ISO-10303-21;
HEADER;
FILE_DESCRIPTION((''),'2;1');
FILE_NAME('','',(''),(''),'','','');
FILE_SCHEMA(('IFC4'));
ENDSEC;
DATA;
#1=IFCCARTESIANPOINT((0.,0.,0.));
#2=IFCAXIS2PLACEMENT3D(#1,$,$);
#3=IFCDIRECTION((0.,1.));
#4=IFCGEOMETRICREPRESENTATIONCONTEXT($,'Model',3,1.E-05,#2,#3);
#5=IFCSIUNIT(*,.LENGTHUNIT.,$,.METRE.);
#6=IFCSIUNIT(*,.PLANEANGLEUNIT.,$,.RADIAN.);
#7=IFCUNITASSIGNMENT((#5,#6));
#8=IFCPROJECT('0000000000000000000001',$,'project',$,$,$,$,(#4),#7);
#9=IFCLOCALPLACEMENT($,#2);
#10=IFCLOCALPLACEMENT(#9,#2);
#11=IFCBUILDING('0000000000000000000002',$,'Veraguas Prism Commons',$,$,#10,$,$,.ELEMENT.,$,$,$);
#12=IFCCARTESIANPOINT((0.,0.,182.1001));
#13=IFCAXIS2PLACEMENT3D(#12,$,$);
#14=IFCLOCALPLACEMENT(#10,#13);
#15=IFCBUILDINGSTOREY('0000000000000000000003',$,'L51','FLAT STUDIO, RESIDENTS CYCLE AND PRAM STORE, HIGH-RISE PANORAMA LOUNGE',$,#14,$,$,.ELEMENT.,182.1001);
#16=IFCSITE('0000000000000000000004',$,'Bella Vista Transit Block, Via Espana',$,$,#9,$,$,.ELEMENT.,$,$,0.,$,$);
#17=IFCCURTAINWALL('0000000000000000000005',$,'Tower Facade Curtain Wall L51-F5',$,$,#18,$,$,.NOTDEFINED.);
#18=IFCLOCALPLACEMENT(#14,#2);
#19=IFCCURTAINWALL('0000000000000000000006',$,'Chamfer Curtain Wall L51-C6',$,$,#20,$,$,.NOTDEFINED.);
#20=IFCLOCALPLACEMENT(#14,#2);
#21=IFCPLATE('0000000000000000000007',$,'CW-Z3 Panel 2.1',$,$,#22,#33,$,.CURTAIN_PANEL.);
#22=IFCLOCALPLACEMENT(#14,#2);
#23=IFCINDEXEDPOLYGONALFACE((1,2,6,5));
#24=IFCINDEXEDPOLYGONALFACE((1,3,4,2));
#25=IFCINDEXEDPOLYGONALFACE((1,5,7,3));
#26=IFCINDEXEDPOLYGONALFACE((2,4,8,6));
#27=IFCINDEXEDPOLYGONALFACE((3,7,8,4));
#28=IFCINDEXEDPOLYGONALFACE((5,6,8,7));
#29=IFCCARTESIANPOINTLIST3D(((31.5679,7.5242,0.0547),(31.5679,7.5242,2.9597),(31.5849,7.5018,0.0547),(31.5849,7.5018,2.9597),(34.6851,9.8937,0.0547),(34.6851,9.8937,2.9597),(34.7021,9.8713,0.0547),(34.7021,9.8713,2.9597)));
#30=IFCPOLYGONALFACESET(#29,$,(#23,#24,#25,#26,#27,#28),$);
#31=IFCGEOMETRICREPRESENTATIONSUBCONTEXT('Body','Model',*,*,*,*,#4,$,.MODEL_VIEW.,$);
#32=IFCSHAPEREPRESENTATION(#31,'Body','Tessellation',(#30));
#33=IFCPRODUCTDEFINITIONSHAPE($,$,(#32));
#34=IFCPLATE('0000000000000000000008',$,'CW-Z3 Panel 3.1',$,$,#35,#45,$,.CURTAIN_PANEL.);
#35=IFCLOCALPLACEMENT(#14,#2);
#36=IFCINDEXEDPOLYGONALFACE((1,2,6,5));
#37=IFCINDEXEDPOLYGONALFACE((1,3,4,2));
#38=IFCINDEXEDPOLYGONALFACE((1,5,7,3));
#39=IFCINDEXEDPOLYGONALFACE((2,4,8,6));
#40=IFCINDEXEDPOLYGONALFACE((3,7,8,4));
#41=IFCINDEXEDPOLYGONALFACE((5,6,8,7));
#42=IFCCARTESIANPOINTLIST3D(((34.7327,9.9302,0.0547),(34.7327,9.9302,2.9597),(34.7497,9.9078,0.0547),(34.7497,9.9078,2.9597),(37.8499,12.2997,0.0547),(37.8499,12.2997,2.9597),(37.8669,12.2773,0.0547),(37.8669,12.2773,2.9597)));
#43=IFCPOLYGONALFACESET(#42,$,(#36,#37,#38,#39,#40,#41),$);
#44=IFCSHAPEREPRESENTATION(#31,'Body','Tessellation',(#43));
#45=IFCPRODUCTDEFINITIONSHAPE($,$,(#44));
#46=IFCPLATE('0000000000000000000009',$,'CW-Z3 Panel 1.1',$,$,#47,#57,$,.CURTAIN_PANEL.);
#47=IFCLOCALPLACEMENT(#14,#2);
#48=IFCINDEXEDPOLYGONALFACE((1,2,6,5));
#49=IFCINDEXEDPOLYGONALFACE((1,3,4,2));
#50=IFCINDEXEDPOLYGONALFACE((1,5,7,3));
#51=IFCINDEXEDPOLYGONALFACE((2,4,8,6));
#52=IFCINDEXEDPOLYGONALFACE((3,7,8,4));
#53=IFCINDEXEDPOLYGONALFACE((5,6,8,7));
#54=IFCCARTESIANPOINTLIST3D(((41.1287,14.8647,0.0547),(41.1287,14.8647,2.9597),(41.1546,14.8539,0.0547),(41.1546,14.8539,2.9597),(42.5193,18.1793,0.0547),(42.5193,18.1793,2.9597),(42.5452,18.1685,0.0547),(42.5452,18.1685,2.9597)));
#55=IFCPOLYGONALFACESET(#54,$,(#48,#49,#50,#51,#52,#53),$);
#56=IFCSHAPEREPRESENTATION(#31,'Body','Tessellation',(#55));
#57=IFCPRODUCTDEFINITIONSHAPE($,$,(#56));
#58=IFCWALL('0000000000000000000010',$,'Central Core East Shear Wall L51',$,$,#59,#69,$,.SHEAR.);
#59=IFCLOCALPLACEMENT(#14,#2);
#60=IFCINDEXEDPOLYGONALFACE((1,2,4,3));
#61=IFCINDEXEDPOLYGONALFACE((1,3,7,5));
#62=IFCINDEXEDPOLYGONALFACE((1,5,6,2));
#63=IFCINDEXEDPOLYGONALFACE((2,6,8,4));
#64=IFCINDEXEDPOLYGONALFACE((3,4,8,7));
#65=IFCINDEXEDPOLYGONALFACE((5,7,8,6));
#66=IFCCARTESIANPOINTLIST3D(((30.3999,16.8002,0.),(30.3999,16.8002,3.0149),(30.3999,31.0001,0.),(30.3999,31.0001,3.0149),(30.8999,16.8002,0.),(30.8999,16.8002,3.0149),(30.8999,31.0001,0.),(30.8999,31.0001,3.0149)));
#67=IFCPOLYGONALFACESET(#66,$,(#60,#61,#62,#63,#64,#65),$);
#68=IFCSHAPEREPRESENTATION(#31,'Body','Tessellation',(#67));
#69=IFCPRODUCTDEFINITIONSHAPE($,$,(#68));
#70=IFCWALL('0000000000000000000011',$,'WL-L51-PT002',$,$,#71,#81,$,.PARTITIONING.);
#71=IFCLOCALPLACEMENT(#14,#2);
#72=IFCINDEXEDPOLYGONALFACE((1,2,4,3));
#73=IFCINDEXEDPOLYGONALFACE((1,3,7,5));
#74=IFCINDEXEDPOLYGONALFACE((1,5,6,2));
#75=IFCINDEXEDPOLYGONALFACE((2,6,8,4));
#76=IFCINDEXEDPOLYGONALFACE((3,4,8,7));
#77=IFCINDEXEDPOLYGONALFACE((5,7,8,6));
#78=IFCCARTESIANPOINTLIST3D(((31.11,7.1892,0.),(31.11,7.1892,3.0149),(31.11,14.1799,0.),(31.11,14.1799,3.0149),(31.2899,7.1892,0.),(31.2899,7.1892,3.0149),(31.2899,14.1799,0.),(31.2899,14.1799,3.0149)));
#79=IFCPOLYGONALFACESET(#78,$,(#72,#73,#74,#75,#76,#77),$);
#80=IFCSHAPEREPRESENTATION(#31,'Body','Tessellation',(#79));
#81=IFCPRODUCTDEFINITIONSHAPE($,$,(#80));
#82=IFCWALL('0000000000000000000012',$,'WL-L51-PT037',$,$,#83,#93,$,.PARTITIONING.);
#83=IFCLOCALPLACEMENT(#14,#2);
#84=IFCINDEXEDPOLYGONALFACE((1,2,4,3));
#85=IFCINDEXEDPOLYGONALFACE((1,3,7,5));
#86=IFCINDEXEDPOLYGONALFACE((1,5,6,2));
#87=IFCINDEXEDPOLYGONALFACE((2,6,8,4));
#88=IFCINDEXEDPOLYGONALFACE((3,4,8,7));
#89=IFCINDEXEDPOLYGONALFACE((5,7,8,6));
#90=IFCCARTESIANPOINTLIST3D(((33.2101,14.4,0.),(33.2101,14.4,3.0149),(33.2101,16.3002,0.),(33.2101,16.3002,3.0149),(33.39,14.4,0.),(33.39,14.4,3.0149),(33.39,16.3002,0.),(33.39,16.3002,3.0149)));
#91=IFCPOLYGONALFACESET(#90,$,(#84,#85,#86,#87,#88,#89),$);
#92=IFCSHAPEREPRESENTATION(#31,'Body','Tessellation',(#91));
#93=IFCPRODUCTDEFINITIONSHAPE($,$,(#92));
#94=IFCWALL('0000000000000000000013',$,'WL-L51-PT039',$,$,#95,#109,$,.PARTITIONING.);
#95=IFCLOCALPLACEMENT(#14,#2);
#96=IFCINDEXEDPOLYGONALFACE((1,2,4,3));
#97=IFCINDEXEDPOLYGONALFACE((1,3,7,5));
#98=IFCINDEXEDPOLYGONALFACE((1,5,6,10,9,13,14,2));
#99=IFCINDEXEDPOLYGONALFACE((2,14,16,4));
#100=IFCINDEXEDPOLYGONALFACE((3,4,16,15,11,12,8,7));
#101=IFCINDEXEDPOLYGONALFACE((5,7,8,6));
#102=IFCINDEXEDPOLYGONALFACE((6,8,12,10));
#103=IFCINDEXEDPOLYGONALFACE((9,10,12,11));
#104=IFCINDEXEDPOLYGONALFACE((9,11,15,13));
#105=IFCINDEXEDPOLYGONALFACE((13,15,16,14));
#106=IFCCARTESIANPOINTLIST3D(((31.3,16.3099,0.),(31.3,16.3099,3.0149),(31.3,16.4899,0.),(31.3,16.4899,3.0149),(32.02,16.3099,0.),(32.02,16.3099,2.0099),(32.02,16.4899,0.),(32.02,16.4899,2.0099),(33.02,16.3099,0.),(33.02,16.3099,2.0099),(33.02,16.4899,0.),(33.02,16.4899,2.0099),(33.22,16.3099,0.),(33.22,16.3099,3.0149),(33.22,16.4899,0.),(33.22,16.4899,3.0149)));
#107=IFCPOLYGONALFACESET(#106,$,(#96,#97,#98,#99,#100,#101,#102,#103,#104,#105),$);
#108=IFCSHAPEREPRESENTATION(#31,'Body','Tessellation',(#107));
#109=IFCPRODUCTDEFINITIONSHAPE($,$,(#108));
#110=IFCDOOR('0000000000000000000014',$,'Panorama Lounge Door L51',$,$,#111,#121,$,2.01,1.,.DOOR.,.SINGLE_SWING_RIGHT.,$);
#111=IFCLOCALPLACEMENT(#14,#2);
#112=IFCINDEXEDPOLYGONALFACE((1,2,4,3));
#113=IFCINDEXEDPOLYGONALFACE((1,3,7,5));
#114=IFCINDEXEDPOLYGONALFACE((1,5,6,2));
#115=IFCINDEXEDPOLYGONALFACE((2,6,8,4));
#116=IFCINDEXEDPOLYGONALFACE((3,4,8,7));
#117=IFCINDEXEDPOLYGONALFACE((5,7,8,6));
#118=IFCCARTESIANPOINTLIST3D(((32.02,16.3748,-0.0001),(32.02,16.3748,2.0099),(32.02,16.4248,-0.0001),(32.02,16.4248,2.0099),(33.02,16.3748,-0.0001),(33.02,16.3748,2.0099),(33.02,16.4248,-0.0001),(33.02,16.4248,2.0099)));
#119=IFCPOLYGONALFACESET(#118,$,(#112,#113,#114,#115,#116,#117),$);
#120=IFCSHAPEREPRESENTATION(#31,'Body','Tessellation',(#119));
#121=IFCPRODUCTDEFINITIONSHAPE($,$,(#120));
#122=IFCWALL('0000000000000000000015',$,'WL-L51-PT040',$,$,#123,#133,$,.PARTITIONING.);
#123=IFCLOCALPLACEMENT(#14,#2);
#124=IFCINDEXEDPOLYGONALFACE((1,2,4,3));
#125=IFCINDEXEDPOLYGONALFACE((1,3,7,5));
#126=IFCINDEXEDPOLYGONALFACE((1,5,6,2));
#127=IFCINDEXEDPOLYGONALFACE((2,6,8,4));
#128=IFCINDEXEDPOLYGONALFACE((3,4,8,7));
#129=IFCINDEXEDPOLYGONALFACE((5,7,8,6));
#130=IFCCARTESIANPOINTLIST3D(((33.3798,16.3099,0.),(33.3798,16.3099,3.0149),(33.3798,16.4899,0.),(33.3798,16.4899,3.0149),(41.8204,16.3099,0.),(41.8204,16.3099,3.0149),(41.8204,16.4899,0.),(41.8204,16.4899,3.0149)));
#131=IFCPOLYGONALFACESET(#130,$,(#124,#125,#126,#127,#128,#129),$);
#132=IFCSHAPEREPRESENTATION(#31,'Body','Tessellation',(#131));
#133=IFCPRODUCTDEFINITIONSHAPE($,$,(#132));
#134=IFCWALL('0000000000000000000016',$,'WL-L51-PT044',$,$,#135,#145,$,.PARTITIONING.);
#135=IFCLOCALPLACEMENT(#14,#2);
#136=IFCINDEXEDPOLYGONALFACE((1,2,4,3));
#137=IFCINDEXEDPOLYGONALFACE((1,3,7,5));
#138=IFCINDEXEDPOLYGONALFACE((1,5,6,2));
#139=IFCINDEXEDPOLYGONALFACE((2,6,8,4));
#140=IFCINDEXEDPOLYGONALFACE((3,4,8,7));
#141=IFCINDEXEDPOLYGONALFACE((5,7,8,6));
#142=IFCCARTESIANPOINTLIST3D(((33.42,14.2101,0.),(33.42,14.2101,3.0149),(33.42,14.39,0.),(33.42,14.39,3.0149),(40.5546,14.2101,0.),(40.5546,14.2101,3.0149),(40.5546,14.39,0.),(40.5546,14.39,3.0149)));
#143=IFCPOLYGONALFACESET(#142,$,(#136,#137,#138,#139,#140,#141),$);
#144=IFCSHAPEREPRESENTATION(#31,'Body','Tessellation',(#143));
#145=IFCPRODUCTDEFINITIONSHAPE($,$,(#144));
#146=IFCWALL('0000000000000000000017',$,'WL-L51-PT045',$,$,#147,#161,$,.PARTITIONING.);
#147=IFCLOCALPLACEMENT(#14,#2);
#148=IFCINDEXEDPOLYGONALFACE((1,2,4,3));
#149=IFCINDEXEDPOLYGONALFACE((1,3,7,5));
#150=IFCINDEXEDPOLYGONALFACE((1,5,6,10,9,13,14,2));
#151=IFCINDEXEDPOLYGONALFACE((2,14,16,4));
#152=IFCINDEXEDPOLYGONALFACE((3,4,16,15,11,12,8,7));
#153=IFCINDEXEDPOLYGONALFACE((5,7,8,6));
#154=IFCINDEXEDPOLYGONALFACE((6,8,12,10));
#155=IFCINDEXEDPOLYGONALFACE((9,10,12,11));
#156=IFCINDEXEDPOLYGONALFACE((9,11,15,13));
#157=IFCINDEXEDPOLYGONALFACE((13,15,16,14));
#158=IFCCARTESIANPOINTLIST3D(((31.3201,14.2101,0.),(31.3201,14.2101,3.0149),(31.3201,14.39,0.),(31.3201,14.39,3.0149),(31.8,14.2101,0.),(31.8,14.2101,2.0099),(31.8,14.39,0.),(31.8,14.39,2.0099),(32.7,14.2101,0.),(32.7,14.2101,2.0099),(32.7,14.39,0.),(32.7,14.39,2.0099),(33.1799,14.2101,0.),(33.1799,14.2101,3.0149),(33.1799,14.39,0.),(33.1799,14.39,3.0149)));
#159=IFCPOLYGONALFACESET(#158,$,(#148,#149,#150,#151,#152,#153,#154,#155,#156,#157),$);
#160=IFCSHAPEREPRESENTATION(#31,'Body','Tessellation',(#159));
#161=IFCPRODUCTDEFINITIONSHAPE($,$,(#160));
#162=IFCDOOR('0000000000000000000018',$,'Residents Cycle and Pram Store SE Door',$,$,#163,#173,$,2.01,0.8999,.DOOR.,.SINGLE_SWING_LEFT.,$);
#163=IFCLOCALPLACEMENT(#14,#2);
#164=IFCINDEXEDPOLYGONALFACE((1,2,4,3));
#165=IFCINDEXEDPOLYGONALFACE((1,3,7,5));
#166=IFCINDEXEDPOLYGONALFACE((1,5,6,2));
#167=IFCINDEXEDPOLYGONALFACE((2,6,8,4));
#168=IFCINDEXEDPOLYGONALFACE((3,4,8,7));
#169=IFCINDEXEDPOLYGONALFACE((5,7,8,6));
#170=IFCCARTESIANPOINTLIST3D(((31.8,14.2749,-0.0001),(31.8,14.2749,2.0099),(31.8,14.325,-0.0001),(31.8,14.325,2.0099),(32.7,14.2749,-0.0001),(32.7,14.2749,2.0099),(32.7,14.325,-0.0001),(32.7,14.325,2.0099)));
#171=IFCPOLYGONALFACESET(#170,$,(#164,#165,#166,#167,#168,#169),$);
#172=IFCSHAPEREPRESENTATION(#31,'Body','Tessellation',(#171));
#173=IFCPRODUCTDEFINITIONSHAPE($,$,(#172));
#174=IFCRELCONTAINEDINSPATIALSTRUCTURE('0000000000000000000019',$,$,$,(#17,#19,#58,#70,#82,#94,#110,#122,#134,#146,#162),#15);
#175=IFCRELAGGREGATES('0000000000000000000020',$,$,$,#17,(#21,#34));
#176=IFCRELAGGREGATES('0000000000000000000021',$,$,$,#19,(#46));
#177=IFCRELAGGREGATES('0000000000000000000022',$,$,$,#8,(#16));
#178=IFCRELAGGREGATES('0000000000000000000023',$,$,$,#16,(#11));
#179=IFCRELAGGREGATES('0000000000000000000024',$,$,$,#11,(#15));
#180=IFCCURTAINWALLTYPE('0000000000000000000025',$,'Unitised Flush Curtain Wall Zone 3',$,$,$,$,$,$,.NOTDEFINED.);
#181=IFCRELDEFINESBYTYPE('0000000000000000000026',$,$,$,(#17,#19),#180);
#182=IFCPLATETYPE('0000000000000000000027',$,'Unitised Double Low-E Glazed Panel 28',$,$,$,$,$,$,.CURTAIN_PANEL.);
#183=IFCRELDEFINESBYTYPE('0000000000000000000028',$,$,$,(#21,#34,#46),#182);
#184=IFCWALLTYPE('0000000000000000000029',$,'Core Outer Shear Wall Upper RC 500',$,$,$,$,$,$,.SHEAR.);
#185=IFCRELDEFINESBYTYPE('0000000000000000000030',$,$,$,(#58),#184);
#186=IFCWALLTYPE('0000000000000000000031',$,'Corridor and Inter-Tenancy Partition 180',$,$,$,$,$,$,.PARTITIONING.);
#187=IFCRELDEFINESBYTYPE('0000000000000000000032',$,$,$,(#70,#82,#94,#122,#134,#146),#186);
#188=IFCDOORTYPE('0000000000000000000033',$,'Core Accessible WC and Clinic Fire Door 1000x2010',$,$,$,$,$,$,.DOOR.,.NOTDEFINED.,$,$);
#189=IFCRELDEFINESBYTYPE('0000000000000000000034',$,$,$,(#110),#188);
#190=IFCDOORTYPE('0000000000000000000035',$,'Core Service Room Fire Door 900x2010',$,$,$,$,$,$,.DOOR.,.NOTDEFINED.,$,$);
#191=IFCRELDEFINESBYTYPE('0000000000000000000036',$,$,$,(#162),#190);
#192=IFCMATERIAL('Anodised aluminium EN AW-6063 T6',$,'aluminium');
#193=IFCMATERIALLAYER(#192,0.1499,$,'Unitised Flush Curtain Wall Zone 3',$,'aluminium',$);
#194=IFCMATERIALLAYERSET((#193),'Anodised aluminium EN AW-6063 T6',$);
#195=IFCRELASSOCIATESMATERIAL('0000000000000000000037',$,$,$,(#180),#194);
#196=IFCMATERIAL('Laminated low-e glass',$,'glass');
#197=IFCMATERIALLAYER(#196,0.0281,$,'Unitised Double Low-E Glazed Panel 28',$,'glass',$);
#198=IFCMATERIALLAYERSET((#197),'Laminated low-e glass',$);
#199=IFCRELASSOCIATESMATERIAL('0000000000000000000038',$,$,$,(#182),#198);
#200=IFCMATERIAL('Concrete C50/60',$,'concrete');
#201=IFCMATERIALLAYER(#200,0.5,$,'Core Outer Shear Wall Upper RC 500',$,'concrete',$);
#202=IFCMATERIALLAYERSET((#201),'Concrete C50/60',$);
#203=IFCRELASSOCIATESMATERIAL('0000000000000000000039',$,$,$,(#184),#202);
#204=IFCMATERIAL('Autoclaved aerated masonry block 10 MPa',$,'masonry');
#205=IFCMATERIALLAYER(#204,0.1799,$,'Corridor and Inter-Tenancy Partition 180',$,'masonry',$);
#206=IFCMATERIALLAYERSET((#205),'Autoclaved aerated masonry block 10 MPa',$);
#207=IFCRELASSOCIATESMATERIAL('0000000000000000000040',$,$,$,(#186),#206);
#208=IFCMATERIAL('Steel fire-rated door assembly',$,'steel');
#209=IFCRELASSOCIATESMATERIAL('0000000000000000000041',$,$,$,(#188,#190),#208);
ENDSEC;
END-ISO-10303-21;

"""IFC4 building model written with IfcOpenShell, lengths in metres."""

from ifc_helpers import new_model, si_unit, direction, frame, frame_2d, origin, origin_2d, place, context, subcontext, project, spatial, rectangle, extrude, source, transform, mapped, material, layer, layer_set, type_object, element, fill, aggregate, save


model = new_model("IFC4")

# Units and contexts
model_context = context("Model", 3, precision=1e-05, world=origin(), true_north=direction((0.0, 1.0)))
body_context = subcontext(model_context, "Body", "Model", "MODEL_VIEW")
ifc_project = project(units=[si_unit("LENGTHUNIT", "METRE"), si_unit("PLANEANGLEUNIT", "RADIAN")], contexts=[model_context])

# Site, building, storey
site_placement = place(None, origin())
site = spatial("IfcSite", under=ifc_project, at=site_placement, Name="Bella Vista Transit Block, Via Espana", CompositionType="ELEMENT", RefElevation=0.0)
building_placement = place(site_placement, origin())
building = spatial("IfcBuilding", under=site, at=building_placement, Name="Veraguas Prism Commons", CompositionType="ELEMENT")
storey_placement = place(building_placement, frame((0.0, 0.0, 182.1001)))
storey = spatial("IfcBuildingStorey", under=building, at=storey_placement, Name="L51", Description="FLAT STUDIO, RESIDENTS CYCLE AND PRAM STORE, HIGH-RISE PANORAMA LOUNGE", CompositionType="ELEMENT", Elevation=182.1001)

# Shared definitions
ifc_material_1 = material(Name="Concrete C50/60", Category="concrete")

# Curtain wall
ifc_material_2 = material(Name="Anodised aluminium EN AW-6063 T6", Category="aluminium")
ifc_layer_1 = layer(ifc_material_2, 0.1499, Name="Unitised Flush Curtain Wall Zone 3", Category="aluminium")
ifc_layer_set_1 = layer_set([ifc_layer_1], Name="Anodised aluminium EN AW-6063 T6")
curtain_wall_type = type_object("IfcCurtainWallType", Name="Unitised Flush Curtain Wall Zone 3", PredefinedType="NOTDEFINED", material=ifc_layer_set_1)
curtain_wall_1_placement = place(storey_placement, origin())
curtain_wall_1 = element("IfcCurtainWall", 1, at=curtain_wall_1_placement, inside=storey, type_object=curtain_wall_type, Name="Tower Facade Curtain Wall L51-F5", PredefinedType="NOTDEFINED")

# Curtain wall
curtain_wall_2_placement = place(storey_placement, origin())
curtain_wall_2 = element("IfcCurtainWall", 2, at=curtain_wall_2_placement, inside=storey, type_object=curtain_wall_type, Name="Chamfer Curtain Wall L51-C6", PredefinedType="NOTDEFINED")

# Plates
ifc_material_3 = material(Name="Laminated low-e glass", Category="glass")
ifc_layer_2 = layer(ifc_material_3, 0.0281, Name="Unitised Double Low-E Glazed Panel 28", Category="glass")
ifc_layer_set_2 = layer_set([ifc_layer_2], Name="Laminated low-e glass")
plate_type = type_object("IfcPlateType", Name="Unitised Double Low-E Glazed Panel 28", PredefinedType="CURTAIN_PANEL", material=ifc_layer_set_2)
shared_shape_1 = source(origin(), body_context, "Body", "SweptSolid", [
    extrude(rectangle(XDim=3.9155, YDim=0.0281, at=origin_2d()), origin(), (0.0, 0.0, 1.0), 2.905),
])
plate_1_placement = place(storey_placement, frame((33.135, 8.6978, 0.0547), z_axis=(0.0, 0.0, 1.0), x_axis=(0.796104, 0.605159, 0.0)))
plate_1 = element("IfcPlate", 3, at=plate_1_placement, type_object=plate_type, Name="CW-Z3 Panel 2.1", PredefinedType="CURTAIN_PANEL", context=body_context, shape_type="MappedRepresentation", body=[
    mapped(shared_shape_1, transform((0.0, 0.0, 0.0), scale=1.0)),
])
plate_2_placement = place(storey_placement, frame((36.2998, 11.1038, 0.0547), z_axis=(0.0, 0.0, 1.0), x_axis=(0.796104, 0.605159, 0.0)))
plate_2 = element("IfcPlate", 4, at=plate_2_placement, type_object=plate_type, Name="CW-Z3 Panel 3.1", PredefinedType="CURTAIN_PANEL", context=body_context, shape_type="MappedRepresentation", body=[
    mapped(shared_shape_1, transform((0.0, 0.0, 0.0), scale=1.0)),
])
aggregate(curtain_wall_1, [plate_1, plate_2])
shared_shape_2 = source(origin(), body_context, "Body", "SweptSolid", [
    extrude(rectangle(XDim=3.5945, YDim=0.0281, at=origin_2d()), origin(), (0.0, 0.0, 1.0), 2.905),
])
plate_3_placement = place(storey_placement, frame((41.8369, 16.5166, 0.0547), z_axis=(0.0, 0.0, 1.0), x_axis=(0.38687, 0.922134, 0.0)))
plate_3 = element("IfcPlate", 5, at=plate_3_placement, type_object=plate_type, Name="CW-Z3 Panel 1.1", PredefinedType="CURTAIN_PANEL", context=body_context, shape_type="MappedRepresentation", body=[
    mapped(shared_shape_2, transform((0.0, 0.0, 0.0), scale=1.0)),
])
aggregate(curtain_wall_2, [plate_3])

# Walls
ifc_layer_3 = layer(ifc_material_1, 0.5, Name="Core Outer Shear Wall Upper RC 500", Category="concrete")
ifc_layer_set_3 = layer_set([ifc_layer_3], Name="Concrete C50/60")
wall_type_1 = type_object("IfcWallType", Name="Core Outer Shear Wall Upper RC 500", PredefinedType="SHEAR", material=ifc_layer_set_3)
wall_1_placement = place(storey_placement, frame((30.6499, 16.8, 0.0), z_axis=(0.0, 0.0, 1.0), x_axis=(0.0, 1.0, 0.0)))
element("IfcWall", 6, at=wall_1_placement, inside=storey, type_object=wall_type_1, Name="Central Core East Shear Wall L51", PredefinedType="SHEAR", context=body_context, shape_type="SweptSolid", body=[
    extrude(rectangle(XDim=14.2, YDim=0.5, at=frame_2d((7.1001, 0.0))), origin(), (0.0, 0.0, 1.0), 3.0149),
])
ifc_material_4 = material(Name="Autoclaved aerated masonry block 10 MPa", Category="masonry")
ifc_layer_4 = layer(ifc_material_4, 0.1799, Name="Corridor and Inter-Tenancy Partition 180", Category="masonry")
ifc_layer_set_4 = layer_set([ifc_layer_4], Name="Autoclaved aerated masonry block 10 MPa")
wall_type_2 = type_object("IfcWallType", Name="Corridor and Inter-Tenancy Partition 180", PredefinedType="PARTITIONING", material=ifc_layer_set_4)
wall_2_placement = place(storey_placement, frame((31.2, 14.1799, 0.0), z_axis=(0.0, 0.0, 1.0), x_axis=(0.0, -1.0, 0.0)))
element("IfcWall", 7, at=wall_2_placement, inside=storey, type_object=wall_type_2, Name="WL-L51-PT002", PredefinedType="PARTITIONING", context=body_context, shape_type="SweptSolid", body=[
    extrude(rectangle(XDim=6.9907, YDim=0.1799, at=frame_2d((3.4954, 0.0))), origin(), (0.0, 0.0, 1.0), 3.0149),
])
wall_3_placement = place(storey_placement, frame((33.3, 14.3999, 0.0), z_axis=(0.0, 0.0, 1.0), x_axis=(0.0, 1.0, 0.0)))
element("IfcWall", 8, at=wall_3_placement, inside=storey, type_object=wall_type_2, Name="WL-L51-PT037", PredefinedType="PARTITIONING", context=body_context, shape_type="SweptSolid", body=[
    extrude(rectangle(XDim=1.9001, YDim=0.1799, at=frame_2d((0.9502, 0.0))), origin(), (0.0, 0.0, 1.0), 3.0149),
])

# Wall, opening, door
wall_4_placement = place(storey_placement, frame((31.3, 16.3999, 0.0), z_axis=(0.0, 0.0, 1.0), x_axis=(1.0, 0.0, 0.0)))
wall_4 = element("IfcWall", 9, at=wall_4_placement, inside=storey, type_object=wall_type_2, Name="WL-L51-PT039", PredefinedType="PARTITIONING", context=body_context, shape_type="SweptSolid", body=[
    extrude(rectangle(XDim=1.9199, YDim=0.1799, at=frame_2d((0.96, 0.0))), origin(), (0.0, 0.0, 1.0), 3.0149),
])
opening_1_placement = place(wall_4_placement, frame((0.72, 0.0, 0.0)))
opening_1 = element("IfcOpeningElement", 10, at=opening_1_placement, cuts=wall_4, PredefinedType="OPENING", context=body_context, shape_type="SweptSolid", body=[
    extrude(rectangle(XDim=1.0, YDim=2.01, at=frame_2d((0.5, 1.0049))), frame((0.0, 0.0999, 0.0), z_axis=(0.0, -1.0, 0.0), x_axis=(1.0, 0.0, 0.0)), (0.0, 0.0, 1.0), 0.2),
])
ifc_material_5 = material(Name="Steel fire-rated door assembly", Category="steel")
door_type_1 = type_object("IfcDoorType", Name="Core Accessible WC and Clinic Fire Door 1000x2010", OperationType="NOTDEFINED", PredefinedType="DOOR", material=ifc_material_5)
shared_shape_3 = source(origin(), body_context, "Body", "SweptSolid", [
    extrude(rectangle(XDim=1.0, YDim=2.01, at=frame_2d((0.5, 1.0049))), frame((0.0, 0.0249, 0.0), z_axis=(0.0, -1.0, 0.0), x_axis=(1.0, 0.0, 0.0)), (0.0, 0.0, 1.0), 0.05),
])
door_1_placement = place(opening_1_placement, origin())
door_1 = element("IfcDoor", 11, at=door_1_placement, inside=storey, type_object=door_type_1, Name="Panorama Lounge Door L51", OperationType="SINGLE_SWING_RIGHT", OverallHeight=2.01, OverallWidth=1.0, PredefinedType="DOOR", context=body_context, shape_type="MappedRepresentation", body=[
    mapped(shared_shape_3, transform((0.0, 0.0, 0.0), scale=1.0)),
])
fill(opening_1, door_1)

# Walls
wall_5_placement = place(storey_placement, frame((33.3799, 16.3999, 0.0), z_axis=(0.0, 0.0, 1.0), x_axis=(1.0, 0.0, 0.0)))
element("IfcWall", 12, at=wall_5_placement, inside=storey, type_object=wall_type_2, Name="WL-L51-PT040", PredefinedType="PARTITIONING", context=body_context, shape_type="SweptSolid", body=[
    extrude(rectangle(XDim=8.4407, YDim=0.1799, at=frame_2d((4.2202, 0.0))), origin(), (0.0, 0.0, 1.0), 3.0149),
])
wall_6_placement = place(storey_placement, frame((33.4199, 14.3, 0.0), z_axis=(0.0, 0.0, 1.0), x_axis=(1.0, 0.0, 0.0)))
element("IfcWall", 13, at=wall_6_placement, inside=storey, type_object=wall_type_2, Name="WL-L51-PT044", PredefinedType="PARTITIONING", context=body_context, shape_type="SweptSolid", body=[
    extrude(rectangle(XDim=7.1345, YDim=0.1799, at=frame_2d((3.5674, 0.0))), origin(), (0.0, 0.0, 1.0), 3.0149),
])

# Wall, opening, door
wall_7_placement = place(storey_placement, frame((31.3201, 14.3, 0.0), z_axis=(0.0, 0.0, 1.0), x_axis=(1.0, 0.0, 0.0)))
wall_7 = element("IfcWall", 14, at=wall_7_placement, inside=storey, type_object=wall_type_2, Name="WL-L51-PT045", PredefinedType="PARTITIONING", context=body_context, shape_type="SweptSolid", body=[
    extrude(rectangle(XDim=1.8599, YDim=0.1799, at=frame_2d((0.9299, 0.0))), origin(), (0.0, 0.0, 1.0), 3.0149),
])
opening_2_placement = place(wall_7_placement, frame((0.48, 0.0, 0.0)))
opening_2 = element("IfcOpeningElement", 15, at=opening_2_placement, cuts=wall_7, PredefinedType="OPENING", context=body_context, shape_type="SweptSolid", body=[
    extrude(rectangle(XDim=0.8999, YDim=2.01, at=frame_2d((0.45, 1.0049))), frame((0.0, 0.0999, 0.0), z_axis=(0.0, -1.0, 0.0), x_axis=(1.0, 0.0, 0.0)), (0.0, 0.0, 1.0), 0.2),
])
door_type_2 = type_object("IfcDoorType", Name="Core Service Room Fire Door 900x2010", OperationType="NOTDEFINED", PredefinedType="DOOR", material=ifc_material_5)
shared_shape_4 = source(origin(), body_context, "Body", "SweptSolid", [
    extrude(rectangle(XDim=0.8999, YDim=2.01, at=frame_2d((0.45, 1.0049))), frame((0.0, 0.0249, 0.0), z_axis=(0.0, -1.0, 0.0), x_axis=(1.0, 0.0, 0.0)), (0.0, 0.0, 1.0), 0.05),
])
door_2_placement = place(opening_2_placement, origin())
door_2 = element("IfcDoor", 16, at=door_2_placement, inside=storey, type_object=door_type_2, Name="Residents Cycle and Pram Store SE Door", OperationType="SINGLE_SWING_LEFT", OverallHeight=2.01, OverallWidth=0.8999, PredefinedType="DOOR", context=body_context, shape_type="MappedRepresentation", body=[
    mapped(shared_shape_4, transform((0.0, 0.0, 0.0), scale=1.0)),
])
fill(opening_2, door_2)

save(model, "model.ifc")
